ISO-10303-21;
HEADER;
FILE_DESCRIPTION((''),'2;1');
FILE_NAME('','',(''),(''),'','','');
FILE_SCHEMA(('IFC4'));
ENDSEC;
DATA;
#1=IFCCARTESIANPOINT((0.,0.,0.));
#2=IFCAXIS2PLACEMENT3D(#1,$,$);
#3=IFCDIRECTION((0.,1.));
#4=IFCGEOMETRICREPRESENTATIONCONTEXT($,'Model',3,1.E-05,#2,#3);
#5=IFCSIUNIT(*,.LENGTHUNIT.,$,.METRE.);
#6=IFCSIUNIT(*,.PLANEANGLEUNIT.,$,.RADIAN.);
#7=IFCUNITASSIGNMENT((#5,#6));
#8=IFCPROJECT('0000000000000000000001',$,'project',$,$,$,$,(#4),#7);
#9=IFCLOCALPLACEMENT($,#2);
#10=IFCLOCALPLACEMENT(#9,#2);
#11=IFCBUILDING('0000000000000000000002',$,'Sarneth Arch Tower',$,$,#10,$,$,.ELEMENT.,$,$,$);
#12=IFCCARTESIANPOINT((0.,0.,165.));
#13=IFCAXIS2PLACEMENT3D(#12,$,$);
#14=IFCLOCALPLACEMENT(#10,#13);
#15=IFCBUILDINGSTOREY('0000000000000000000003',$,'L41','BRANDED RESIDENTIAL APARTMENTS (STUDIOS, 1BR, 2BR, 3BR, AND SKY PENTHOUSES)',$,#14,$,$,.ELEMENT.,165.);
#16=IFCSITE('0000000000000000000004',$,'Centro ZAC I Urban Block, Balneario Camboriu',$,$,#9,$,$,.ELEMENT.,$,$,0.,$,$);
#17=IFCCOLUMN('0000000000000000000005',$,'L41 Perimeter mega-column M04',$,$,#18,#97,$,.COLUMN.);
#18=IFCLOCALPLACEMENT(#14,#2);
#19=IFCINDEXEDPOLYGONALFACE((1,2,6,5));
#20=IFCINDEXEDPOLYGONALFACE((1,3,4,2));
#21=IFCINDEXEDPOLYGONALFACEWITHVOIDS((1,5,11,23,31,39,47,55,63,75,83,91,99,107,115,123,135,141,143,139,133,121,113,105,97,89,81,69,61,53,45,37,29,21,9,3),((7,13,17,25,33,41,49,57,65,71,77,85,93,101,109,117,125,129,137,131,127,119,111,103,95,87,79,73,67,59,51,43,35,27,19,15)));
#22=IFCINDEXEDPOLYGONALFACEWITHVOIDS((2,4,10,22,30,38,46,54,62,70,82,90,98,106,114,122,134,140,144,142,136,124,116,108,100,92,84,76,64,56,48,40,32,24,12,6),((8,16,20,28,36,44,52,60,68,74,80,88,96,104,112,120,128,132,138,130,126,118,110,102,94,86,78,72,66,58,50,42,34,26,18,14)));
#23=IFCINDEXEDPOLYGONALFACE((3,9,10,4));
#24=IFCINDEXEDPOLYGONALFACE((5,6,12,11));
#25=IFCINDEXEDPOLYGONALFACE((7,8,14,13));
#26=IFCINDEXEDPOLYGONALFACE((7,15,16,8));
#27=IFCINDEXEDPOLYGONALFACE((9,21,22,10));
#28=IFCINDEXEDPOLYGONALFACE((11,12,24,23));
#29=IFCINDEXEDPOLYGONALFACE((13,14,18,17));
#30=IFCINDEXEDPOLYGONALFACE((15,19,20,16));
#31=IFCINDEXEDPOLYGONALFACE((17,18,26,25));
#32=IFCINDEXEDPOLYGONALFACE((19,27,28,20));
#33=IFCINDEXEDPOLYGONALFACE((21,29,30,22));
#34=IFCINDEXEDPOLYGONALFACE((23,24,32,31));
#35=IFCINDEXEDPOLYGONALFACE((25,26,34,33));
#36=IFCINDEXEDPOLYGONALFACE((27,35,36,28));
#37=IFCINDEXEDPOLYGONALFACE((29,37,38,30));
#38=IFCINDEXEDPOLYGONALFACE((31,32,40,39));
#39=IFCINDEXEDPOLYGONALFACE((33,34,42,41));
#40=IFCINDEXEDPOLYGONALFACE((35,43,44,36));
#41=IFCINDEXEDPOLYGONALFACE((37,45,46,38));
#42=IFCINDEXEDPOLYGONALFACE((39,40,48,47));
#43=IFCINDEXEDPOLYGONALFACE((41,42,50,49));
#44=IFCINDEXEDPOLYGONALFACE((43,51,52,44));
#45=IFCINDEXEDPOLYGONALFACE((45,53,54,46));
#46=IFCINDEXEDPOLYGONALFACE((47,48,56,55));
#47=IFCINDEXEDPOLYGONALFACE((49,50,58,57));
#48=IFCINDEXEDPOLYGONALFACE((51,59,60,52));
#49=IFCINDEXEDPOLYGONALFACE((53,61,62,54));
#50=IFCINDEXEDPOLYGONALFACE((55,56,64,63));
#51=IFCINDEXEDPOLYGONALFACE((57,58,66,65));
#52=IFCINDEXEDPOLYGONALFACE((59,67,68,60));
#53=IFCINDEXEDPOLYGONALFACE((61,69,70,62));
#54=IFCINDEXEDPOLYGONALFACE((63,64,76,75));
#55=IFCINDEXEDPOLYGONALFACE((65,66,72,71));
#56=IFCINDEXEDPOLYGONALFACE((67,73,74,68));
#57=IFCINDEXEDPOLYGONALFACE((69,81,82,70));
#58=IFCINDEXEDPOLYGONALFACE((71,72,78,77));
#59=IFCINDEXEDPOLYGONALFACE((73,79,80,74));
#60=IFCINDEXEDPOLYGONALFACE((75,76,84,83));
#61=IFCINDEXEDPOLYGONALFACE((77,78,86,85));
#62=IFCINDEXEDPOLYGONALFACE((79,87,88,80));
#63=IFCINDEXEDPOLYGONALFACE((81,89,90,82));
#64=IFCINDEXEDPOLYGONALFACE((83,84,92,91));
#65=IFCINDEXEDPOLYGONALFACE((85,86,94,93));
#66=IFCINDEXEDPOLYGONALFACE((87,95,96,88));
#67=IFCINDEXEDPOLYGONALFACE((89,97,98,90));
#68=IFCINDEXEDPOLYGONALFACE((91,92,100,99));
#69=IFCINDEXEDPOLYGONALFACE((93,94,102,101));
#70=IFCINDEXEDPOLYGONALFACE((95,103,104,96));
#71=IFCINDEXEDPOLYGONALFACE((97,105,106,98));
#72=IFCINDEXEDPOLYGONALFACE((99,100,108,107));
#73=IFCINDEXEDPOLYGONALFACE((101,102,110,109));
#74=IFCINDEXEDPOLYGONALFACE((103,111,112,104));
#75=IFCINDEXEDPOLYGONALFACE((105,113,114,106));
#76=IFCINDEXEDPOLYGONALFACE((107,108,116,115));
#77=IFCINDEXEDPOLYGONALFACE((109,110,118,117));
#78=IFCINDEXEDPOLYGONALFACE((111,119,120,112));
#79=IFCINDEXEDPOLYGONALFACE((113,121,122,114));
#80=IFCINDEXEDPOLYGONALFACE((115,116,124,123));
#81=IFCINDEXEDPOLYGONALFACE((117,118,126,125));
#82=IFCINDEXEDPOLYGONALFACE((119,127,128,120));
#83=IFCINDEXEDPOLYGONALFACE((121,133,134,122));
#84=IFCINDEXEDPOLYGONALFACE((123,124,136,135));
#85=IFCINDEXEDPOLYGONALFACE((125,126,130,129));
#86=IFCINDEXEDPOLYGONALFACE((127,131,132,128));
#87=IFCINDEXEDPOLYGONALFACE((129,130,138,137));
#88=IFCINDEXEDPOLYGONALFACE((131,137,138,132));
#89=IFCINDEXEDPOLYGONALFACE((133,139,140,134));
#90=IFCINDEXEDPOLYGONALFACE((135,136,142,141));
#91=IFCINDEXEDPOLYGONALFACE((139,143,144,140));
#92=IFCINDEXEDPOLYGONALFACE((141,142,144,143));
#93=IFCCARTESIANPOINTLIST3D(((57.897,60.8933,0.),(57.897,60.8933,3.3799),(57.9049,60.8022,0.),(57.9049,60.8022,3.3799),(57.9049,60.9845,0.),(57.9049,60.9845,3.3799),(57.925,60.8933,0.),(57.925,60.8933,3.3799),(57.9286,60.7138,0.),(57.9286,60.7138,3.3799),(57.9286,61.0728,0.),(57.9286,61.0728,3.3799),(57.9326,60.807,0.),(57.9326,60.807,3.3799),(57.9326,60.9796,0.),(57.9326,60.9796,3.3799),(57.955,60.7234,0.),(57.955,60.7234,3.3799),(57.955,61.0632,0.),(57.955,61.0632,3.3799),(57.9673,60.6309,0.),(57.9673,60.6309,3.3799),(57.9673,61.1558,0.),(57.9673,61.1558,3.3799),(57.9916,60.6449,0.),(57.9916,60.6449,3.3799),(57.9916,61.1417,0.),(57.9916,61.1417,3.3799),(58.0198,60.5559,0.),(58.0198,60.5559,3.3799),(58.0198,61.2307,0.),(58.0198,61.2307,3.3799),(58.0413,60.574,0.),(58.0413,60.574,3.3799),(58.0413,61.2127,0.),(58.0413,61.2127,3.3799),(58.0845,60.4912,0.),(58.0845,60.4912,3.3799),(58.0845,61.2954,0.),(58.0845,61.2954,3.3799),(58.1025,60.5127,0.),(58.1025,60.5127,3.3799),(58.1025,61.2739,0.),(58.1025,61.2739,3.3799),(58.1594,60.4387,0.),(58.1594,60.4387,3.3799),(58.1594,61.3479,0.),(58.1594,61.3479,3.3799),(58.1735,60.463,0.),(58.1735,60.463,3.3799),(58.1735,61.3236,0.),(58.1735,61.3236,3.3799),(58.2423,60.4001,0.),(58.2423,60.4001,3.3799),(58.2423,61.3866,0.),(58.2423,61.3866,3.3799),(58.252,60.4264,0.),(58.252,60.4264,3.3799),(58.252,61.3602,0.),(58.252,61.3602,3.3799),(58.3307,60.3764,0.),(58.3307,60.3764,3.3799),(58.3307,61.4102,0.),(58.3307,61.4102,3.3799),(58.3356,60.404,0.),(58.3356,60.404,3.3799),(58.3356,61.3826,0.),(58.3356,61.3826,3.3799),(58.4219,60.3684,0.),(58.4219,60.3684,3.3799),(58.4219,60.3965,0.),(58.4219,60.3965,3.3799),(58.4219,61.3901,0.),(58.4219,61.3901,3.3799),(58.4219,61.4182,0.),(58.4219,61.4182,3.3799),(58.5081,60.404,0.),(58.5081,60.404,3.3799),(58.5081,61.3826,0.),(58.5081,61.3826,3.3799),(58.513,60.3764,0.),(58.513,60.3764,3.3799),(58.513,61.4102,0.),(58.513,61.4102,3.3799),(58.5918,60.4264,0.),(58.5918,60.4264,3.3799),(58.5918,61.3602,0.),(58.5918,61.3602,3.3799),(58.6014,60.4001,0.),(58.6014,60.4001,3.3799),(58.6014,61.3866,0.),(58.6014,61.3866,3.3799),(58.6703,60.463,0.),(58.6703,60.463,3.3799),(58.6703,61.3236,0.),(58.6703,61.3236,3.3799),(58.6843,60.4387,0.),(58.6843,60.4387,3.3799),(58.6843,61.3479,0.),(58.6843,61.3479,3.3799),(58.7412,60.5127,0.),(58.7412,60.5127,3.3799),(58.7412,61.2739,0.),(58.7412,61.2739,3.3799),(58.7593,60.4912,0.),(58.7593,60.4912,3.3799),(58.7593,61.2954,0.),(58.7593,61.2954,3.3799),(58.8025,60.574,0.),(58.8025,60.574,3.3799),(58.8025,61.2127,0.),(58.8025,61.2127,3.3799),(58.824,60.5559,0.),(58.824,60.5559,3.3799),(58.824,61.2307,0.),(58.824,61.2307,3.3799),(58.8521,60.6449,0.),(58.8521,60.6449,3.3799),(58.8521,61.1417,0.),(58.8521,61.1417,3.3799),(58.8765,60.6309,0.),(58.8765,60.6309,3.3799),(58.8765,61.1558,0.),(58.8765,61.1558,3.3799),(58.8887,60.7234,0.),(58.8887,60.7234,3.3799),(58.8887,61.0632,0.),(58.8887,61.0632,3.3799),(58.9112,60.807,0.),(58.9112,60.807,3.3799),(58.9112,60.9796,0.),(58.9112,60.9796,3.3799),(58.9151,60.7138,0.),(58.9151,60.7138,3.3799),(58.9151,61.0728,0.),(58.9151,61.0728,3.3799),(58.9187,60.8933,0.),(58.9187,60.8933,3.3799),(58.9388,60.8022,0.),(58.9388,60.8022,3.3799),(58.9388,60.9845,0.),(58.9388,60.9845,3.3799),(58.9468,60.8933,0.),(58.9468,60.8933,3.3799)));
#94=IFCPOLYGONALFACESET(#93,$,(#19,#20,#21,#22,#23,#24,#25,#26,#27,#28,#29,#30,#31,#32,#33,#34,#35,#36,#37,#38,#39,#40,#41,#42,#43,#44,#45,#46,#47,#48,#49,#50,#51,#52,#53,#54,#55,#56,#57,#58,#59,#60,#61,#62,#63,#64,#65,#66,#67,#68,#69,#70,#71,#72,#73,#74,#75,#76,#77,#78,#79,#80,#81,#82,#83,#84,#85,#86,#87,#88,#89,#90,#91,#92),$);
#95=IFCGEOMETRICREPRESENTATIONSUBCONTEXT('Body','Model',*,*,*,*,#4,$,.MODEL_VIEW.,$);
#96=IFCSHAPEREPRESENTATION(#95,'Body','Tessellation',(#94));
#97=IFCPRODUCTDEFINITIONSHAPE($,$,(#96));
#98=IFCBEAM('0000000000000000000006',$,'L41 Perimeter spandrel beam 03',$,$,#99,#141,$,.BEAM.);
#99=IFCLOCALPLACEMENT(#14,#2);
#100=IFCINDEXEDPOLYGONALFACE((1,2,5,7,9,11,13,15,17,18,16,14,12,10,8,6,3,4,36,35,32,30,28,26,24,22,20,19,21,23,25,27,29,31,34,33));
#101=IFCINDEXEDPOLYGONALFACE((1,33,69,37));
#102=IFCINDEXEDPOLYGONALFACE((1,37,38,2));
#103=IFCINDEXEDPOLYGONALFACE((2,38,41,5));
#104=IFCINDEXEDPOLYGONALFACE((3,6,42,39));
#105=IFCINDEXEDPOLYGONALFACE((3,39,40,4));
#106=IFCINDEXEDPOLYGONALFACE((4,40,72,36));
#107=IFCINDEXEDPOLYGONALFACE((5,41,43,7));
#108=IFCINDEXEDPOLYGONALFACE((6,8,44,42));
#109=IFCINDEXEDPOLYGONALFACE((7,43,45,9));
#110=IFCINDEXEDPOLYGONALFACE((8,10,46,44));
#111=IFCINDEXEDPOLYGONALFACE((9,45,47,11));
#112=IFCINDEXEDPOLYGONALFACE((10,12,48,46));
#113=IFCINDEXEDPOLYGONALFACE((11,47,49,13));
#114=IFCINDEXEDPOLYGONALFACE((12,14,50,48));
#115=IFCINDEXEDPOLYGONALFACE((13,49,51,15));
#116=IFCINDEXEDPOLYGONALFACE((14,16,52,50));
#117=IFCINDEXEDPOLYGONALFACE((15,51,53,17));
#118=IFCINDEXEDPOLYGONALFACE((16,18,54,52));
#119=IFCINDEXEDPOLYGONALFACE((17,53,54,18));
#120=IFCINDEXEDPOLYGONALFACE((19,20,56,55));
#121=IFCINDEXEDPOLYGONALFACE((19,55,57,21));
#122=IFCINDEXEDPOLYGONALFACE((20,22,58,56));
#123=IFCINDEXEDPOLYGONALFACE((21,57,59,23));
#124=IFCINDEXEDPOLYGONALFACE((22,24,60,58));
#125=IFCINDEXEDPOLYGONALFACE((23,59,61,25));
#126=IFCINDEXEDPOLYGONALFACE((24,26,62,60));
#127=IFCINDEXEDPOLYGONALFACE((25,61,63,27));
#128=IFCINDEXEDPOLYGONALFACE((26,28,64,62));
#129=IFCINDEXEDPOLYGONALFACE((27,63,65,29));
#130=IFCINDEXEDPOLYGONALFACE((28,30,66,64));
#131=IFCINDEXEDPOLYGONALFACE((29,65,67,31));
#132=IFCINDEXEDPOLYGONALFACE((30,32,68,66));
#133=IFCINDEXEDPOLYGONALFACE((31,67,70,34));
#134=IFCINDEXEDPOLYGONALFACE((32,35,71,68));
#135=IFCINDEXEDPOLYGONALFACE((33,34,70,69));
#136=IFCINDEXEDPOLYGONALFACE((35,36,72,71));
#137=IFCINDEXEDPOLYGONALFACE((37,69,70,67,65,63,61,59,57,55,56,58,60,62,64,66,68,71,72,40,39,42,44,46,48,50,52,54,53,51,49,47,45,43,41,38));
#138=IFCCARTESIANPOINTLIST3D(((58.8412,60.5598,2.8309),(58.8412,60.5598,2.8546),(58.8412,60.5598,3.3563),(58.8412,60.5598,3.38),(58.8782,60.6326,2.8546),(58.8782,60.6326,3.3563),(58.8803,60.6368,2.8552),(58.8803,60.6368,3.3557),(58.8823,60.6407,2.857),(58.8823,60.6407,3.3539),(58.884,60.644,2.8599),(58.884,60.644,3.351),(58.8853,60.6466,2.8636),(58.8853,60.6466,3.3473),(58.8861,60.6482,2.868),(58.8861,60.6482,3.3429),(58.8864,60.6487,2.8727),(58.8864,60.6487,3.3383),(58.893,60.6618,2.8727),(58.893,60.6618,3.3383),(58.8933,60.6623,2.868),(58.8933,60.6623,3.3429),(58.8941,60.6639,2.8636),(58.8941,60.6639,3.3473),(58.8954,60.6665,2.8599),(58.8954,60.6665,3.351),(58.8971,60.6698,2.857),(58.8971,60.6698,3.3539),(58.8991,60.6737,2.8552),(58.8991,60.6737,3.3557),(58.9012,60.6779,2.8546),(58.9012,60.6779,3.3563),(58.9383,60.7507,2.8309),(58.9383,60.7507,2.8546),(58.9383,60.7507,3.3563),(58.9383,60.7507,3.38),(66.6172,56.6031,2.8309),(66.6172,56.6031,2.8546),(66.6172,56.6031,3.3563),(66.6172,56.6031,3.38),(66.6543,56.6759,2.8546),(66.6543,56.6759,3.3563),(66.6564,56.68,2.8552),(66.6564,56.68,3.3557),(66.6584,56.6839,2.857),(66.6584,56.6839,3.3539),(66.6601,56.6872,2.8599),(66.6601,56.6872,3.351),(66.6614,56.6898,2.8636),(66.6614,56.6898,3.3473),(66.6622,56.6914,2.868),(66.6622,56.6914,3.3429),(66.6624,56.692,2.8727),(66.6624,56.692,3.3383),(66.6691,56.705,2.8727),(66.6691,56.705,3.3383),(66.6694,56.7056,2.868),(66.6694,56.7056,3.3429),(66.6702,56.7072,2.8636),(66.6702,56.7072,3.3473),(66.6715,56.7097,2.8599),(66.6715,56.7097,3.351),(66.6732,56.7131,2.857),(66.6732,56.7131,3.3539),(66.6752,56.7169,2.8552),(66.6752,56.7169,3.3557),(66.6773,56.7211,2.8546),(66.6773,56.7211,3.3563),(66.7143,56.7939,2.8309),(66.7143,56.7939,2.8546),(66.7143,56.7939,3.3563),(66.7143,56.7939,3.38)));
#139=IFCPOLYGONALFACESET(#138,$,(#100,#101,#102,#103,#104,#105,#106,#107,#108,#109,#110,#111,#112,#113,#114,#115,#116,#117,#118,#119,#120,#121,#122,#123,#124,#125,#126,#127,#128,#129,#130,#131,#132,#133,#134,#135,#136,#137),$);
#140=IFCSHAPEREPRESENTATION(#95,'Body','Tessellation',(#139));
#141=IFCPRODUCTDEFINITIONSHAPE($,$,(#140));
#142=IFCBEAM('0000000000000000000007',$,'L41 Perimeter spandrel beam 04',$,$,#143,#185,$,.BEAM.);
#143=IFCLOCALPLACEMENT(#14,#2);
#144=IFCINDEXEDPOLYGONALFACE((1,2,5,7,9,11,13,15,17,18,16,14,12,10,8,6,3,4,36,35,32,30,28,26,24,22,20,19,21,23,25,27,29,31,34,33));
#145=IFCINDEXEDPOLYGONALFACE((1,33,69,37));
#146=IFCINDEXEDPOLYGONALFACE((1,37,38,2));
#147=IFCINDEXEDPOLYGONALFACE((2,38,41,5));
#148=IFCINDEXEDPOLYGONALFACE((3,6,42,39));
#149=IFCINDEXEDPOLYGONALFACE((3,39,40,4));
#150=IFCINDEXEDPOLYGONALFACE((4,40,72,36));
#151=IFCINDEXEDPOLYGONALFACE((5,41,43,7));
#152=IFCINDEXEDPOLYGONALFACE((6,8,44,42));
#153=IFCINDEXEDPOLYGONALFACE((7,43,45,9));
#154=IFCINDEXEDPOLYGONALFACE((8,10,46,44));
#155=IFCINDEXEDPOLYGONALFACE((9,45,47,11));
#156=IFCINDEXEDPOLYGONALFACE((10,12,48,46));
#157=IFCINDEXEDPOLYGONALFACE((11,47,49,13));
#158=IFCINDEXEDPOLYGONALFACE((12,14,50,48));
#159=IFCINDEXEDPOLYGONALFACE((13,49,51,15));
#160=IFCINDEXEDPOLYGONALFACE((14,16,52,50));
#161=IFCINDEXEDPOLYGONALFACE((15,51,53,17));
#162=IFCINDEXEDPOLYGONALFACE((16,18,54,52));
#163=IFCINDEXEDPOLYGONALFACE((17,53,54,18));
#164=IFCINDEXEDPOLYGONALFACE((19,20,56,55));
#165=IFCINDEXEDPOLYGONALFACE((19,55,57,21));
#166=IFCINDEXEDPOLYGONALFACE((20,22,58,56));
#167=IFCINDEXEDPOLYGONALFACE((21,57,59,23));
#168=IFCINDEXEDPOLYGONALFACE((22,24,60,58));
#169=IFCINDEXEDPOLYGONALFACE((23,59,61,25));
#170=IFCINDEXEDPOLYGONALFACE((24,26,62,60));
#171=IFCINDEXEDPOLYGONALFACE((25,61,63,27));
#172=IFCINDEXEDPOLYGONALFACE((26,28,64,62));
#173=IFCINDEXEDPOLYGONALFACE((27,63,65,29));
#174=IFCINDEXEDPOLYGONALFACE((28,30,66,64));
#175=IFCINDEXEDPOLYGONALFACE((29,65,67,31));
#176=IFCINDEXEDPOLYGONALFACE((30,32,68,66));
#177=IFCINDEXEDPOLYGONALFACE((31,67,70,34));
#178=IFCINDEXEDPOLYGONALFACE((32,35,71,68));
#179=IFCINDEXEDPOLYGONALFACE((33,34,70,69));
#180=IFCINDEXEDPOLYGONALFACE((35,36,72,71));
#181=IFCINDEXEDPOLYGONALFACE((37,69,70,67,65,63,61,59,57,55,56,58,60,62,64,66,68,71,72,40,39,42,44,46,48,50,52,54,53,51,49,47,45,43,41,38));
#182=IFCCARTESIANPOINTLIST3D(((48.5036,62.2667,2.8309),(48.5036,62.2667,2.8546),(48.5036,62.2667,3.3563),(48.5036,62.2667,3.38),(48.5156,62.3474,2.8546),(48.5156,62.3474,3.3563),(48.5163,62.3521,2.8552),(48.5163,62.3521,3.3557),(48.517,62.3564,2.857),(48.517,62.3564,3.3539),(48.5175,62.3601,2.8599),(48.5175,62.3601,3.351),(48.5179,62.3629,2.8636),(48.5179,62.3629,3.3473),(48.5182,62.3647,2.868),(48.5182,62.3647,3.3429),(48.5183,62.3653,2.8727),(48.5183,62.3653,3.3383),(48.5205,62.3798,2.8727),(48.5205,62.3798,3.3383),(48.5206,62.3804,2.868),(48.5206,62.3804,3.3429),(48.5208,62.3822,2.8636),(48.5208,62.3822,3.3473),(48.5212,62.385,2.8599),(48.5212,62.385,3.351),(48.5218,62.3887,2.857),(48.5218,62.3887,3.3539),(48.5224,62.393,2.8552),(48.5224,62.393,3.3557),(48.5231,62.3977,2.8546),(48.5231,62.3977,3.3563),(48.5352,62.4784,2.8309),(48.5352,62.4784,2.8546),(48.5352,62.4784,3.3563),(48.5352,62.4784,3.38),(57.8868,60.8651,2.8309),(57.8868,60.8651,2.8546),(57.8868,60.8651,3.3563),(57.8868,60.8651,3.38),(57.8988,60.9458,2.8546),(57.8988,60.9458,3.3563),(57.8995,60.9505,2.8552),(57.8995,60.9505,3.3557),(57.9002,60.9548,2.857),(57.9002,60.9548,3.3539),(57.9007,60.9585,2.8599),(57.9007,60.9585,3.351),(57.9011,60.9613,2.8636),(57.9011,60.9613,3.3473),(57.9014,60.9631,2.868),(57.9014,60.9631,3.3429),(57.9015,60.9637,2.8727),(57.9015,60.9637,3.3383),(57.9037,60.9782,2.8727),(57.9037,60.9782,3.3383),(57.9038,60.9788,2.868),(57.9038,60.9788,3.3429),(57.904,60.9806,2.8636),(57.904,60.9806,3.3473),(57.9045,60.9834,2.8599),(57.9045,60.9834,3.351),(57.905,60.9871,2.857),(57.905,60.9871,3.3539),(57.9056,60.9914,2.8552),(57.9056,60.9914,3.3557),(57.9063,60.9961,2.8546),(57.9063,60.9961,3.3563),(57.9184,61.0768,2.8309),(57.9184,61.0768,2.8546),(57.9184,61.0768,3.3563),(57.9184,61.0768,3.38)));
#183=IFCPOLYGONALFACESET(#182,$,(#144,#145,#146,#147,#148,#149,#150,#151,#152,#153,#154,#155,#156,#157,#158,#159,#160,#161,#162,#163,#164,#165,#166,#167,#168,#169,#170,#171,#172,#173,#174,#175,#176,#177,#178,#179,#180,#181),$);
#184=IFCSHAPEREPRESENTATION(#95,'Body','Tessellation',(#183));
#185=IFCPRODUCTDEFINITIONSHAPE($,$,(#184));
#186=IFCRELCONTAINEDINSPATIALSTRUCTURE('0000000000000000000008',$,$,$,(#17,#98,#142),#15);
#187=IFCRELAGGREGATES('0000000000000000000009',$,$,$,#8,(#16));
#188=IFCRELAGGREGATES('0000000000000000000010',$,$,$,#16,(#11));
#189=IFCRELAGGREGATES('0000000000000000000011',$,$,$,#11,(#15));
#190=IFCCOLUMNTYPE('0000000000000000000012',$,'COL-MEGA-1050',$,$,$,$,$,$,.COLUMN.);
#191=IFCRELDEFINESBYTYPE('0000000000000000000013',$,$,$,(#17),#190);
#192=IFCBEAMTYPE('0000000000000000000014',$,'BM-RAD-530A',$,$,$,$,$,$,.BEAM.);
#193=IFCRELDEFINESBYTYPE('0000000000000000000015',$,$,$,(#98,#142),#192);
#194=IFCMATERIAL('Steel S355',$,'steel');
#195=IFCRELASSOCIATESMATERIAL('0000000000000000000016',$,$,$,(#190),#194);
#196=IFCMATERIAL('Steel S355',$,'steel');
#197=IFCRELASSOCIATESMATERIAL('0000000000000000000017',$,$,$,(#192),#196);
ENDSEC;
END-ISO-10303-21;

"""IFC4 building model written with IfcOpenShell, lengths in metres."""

from ifc_helpers import new_model, si_unit, direction, frame, origin, origin_2d, place, context, subcontext, project, spatial, hollow_circle, i_section, extrude, material, material_profile, profile_set, type_object, element, save


model = new_model("IFC4")

# Units and contexts
model_context = context("Model", 3, precision=1e-05, world=origin(), true_north=direction((0.0, 1.0)))
body_context = subcontext(model_context, "Body", "Model", "MODEL_VIEW")
ifc_project = project(units=[si_unit("LENGTHUNIT", "METRE"), si_unit("PLANEANGLEUNIT", "RADIAN")], contexts=[model_context])

# Site, building, storey
site_placement = place(None, origin())
site = spatial("IfcSite", under=ifc_project, at=site_placement, Name="Centro ZAC I Urban Block, Balneario Camboriu", CompositionType="ELEMENT", RefElevation=0.0)
building_placement = place(site_placement, origin())
building = spatial("IfcBuilding", under=site, at=building_placement, Name="Sarneth Arch Tower", CompositionType="ELEMENT")
storey_placement = place(building_placement, frame((0.0, 0.0, 165.0)))
storey = spatial("IfcBuildingStorey", under=building, at=storey_placement, Name="L41", Description="BRANDED RESIDENTIAL APARTMENTS (STUDIOS, 1BR, 2BR, 3BR, AND SKY PENTHOUSES)", CompositionType="ELEMENT", Elevation=165.0)

# Column
ifc_material_1 = material(Name="Steel S355", Category="steel")
ifc_material_profile_1 = material_profile(ifc_material_1, hollow_circle(Radius=0.5249, WallThickness=0.0281, at=origin_2d()), Name="CHS1050x28")
ifc_profile_set_1 = profile_set([ifc_material_profile_1], Name="Steel S355")
column_type = type_object("IfcColumnType", Name="COL-MEGA-1050", PredefinedType="COLUMN", material=ifc_profile_set_1)
column_placement = place(storey_placement, frame((58.4219, 60.8933, 0.0), z_axis=(0.0, 0.0, 1.0), x_axis=(1.0, 0.0, 0.0)))
element("IfcColumn", 1, at=column_placement, inside=storey, type_object=column_type, Name="L41 Perimeter mega-column M04", PredefinedType="COLUMN", context=body_context, shape_type="SweptSolid", body=[
    extrude(hollow_circle(Radius=0.5249, WallThickness=0.0281, at=origin_2d()), origin(), (0.0, 0.0, 1.0), 3.3799),
])

# Beams
ifc_material_2 = material(Name="Steel S355", Category="steel")
ifc_material_profile_2 = material_profile(ifc_material_2, i_section(OverallWidth=0.2141, OverallDepth=0.5491, WebThickness=0.0146, FlangeThickness=0.0237, FilletRadius=0.0181, at=origin_2d()), Name="W530x138")
ifc_profile_set_2 = profile_set([ifc_material_profile_2], Name="Steel S355")
beam_type = type_object("IfcBeamType", Name="BM-RAD-530A", PredefinedType="BEAM", material=ifc_profile_set_2)
beam_1_placement = place(storey_placement, frame((66.6658, 56.6985, 3.1055), z_axis=(-0.891254, 0.453504, 0.0), x_axis=(-0.453504, -0.891254, 0.0)))
element("IfcBeam", 2, at=beam_1_placement, inside=storey, type_object=beam_type, Name="L41 Perimeter spandrel beam 03", PredefinedType="BEAM", context=body_context, shape_type="SweptSolid", body=[
    extrude(i_section(OverallWidth=0.2141, OverallDepth=0.5491, WebThickness=0.0146, FlangeThickness=0.0237, FilletRadius=0.0181, at=origin_2d()), origin(), (0.0, 0.0, 1.0), 8.7249),
])
beam_2_placement = place(storey_placement, frame((57.9026, 60.9709, 3.1055), z_axis=(-0.989027, 0.147734, 0.0), x_axis=(-0.147734, -0.989027, 0.0)))
element("IfcBeam", 3, at=beam_2_placement, inside=storey, type_object=beam_type, Name="L41 Perimeter spandrel beam 04", PredefinedType="BEAM", context=body_context, shape_type="SweptSolid", body=[
    extrude(i_section(OverallWidth=0.2141, OverallDepth=0.5491, WebThickness=0.0146, FlangeThickness=0.0237, FilletRadius=0.0181, at=origin_2d()), origin(), (0.0, 0.0, 1.0), 9.4873),
])

save(model, "model.ifc")
